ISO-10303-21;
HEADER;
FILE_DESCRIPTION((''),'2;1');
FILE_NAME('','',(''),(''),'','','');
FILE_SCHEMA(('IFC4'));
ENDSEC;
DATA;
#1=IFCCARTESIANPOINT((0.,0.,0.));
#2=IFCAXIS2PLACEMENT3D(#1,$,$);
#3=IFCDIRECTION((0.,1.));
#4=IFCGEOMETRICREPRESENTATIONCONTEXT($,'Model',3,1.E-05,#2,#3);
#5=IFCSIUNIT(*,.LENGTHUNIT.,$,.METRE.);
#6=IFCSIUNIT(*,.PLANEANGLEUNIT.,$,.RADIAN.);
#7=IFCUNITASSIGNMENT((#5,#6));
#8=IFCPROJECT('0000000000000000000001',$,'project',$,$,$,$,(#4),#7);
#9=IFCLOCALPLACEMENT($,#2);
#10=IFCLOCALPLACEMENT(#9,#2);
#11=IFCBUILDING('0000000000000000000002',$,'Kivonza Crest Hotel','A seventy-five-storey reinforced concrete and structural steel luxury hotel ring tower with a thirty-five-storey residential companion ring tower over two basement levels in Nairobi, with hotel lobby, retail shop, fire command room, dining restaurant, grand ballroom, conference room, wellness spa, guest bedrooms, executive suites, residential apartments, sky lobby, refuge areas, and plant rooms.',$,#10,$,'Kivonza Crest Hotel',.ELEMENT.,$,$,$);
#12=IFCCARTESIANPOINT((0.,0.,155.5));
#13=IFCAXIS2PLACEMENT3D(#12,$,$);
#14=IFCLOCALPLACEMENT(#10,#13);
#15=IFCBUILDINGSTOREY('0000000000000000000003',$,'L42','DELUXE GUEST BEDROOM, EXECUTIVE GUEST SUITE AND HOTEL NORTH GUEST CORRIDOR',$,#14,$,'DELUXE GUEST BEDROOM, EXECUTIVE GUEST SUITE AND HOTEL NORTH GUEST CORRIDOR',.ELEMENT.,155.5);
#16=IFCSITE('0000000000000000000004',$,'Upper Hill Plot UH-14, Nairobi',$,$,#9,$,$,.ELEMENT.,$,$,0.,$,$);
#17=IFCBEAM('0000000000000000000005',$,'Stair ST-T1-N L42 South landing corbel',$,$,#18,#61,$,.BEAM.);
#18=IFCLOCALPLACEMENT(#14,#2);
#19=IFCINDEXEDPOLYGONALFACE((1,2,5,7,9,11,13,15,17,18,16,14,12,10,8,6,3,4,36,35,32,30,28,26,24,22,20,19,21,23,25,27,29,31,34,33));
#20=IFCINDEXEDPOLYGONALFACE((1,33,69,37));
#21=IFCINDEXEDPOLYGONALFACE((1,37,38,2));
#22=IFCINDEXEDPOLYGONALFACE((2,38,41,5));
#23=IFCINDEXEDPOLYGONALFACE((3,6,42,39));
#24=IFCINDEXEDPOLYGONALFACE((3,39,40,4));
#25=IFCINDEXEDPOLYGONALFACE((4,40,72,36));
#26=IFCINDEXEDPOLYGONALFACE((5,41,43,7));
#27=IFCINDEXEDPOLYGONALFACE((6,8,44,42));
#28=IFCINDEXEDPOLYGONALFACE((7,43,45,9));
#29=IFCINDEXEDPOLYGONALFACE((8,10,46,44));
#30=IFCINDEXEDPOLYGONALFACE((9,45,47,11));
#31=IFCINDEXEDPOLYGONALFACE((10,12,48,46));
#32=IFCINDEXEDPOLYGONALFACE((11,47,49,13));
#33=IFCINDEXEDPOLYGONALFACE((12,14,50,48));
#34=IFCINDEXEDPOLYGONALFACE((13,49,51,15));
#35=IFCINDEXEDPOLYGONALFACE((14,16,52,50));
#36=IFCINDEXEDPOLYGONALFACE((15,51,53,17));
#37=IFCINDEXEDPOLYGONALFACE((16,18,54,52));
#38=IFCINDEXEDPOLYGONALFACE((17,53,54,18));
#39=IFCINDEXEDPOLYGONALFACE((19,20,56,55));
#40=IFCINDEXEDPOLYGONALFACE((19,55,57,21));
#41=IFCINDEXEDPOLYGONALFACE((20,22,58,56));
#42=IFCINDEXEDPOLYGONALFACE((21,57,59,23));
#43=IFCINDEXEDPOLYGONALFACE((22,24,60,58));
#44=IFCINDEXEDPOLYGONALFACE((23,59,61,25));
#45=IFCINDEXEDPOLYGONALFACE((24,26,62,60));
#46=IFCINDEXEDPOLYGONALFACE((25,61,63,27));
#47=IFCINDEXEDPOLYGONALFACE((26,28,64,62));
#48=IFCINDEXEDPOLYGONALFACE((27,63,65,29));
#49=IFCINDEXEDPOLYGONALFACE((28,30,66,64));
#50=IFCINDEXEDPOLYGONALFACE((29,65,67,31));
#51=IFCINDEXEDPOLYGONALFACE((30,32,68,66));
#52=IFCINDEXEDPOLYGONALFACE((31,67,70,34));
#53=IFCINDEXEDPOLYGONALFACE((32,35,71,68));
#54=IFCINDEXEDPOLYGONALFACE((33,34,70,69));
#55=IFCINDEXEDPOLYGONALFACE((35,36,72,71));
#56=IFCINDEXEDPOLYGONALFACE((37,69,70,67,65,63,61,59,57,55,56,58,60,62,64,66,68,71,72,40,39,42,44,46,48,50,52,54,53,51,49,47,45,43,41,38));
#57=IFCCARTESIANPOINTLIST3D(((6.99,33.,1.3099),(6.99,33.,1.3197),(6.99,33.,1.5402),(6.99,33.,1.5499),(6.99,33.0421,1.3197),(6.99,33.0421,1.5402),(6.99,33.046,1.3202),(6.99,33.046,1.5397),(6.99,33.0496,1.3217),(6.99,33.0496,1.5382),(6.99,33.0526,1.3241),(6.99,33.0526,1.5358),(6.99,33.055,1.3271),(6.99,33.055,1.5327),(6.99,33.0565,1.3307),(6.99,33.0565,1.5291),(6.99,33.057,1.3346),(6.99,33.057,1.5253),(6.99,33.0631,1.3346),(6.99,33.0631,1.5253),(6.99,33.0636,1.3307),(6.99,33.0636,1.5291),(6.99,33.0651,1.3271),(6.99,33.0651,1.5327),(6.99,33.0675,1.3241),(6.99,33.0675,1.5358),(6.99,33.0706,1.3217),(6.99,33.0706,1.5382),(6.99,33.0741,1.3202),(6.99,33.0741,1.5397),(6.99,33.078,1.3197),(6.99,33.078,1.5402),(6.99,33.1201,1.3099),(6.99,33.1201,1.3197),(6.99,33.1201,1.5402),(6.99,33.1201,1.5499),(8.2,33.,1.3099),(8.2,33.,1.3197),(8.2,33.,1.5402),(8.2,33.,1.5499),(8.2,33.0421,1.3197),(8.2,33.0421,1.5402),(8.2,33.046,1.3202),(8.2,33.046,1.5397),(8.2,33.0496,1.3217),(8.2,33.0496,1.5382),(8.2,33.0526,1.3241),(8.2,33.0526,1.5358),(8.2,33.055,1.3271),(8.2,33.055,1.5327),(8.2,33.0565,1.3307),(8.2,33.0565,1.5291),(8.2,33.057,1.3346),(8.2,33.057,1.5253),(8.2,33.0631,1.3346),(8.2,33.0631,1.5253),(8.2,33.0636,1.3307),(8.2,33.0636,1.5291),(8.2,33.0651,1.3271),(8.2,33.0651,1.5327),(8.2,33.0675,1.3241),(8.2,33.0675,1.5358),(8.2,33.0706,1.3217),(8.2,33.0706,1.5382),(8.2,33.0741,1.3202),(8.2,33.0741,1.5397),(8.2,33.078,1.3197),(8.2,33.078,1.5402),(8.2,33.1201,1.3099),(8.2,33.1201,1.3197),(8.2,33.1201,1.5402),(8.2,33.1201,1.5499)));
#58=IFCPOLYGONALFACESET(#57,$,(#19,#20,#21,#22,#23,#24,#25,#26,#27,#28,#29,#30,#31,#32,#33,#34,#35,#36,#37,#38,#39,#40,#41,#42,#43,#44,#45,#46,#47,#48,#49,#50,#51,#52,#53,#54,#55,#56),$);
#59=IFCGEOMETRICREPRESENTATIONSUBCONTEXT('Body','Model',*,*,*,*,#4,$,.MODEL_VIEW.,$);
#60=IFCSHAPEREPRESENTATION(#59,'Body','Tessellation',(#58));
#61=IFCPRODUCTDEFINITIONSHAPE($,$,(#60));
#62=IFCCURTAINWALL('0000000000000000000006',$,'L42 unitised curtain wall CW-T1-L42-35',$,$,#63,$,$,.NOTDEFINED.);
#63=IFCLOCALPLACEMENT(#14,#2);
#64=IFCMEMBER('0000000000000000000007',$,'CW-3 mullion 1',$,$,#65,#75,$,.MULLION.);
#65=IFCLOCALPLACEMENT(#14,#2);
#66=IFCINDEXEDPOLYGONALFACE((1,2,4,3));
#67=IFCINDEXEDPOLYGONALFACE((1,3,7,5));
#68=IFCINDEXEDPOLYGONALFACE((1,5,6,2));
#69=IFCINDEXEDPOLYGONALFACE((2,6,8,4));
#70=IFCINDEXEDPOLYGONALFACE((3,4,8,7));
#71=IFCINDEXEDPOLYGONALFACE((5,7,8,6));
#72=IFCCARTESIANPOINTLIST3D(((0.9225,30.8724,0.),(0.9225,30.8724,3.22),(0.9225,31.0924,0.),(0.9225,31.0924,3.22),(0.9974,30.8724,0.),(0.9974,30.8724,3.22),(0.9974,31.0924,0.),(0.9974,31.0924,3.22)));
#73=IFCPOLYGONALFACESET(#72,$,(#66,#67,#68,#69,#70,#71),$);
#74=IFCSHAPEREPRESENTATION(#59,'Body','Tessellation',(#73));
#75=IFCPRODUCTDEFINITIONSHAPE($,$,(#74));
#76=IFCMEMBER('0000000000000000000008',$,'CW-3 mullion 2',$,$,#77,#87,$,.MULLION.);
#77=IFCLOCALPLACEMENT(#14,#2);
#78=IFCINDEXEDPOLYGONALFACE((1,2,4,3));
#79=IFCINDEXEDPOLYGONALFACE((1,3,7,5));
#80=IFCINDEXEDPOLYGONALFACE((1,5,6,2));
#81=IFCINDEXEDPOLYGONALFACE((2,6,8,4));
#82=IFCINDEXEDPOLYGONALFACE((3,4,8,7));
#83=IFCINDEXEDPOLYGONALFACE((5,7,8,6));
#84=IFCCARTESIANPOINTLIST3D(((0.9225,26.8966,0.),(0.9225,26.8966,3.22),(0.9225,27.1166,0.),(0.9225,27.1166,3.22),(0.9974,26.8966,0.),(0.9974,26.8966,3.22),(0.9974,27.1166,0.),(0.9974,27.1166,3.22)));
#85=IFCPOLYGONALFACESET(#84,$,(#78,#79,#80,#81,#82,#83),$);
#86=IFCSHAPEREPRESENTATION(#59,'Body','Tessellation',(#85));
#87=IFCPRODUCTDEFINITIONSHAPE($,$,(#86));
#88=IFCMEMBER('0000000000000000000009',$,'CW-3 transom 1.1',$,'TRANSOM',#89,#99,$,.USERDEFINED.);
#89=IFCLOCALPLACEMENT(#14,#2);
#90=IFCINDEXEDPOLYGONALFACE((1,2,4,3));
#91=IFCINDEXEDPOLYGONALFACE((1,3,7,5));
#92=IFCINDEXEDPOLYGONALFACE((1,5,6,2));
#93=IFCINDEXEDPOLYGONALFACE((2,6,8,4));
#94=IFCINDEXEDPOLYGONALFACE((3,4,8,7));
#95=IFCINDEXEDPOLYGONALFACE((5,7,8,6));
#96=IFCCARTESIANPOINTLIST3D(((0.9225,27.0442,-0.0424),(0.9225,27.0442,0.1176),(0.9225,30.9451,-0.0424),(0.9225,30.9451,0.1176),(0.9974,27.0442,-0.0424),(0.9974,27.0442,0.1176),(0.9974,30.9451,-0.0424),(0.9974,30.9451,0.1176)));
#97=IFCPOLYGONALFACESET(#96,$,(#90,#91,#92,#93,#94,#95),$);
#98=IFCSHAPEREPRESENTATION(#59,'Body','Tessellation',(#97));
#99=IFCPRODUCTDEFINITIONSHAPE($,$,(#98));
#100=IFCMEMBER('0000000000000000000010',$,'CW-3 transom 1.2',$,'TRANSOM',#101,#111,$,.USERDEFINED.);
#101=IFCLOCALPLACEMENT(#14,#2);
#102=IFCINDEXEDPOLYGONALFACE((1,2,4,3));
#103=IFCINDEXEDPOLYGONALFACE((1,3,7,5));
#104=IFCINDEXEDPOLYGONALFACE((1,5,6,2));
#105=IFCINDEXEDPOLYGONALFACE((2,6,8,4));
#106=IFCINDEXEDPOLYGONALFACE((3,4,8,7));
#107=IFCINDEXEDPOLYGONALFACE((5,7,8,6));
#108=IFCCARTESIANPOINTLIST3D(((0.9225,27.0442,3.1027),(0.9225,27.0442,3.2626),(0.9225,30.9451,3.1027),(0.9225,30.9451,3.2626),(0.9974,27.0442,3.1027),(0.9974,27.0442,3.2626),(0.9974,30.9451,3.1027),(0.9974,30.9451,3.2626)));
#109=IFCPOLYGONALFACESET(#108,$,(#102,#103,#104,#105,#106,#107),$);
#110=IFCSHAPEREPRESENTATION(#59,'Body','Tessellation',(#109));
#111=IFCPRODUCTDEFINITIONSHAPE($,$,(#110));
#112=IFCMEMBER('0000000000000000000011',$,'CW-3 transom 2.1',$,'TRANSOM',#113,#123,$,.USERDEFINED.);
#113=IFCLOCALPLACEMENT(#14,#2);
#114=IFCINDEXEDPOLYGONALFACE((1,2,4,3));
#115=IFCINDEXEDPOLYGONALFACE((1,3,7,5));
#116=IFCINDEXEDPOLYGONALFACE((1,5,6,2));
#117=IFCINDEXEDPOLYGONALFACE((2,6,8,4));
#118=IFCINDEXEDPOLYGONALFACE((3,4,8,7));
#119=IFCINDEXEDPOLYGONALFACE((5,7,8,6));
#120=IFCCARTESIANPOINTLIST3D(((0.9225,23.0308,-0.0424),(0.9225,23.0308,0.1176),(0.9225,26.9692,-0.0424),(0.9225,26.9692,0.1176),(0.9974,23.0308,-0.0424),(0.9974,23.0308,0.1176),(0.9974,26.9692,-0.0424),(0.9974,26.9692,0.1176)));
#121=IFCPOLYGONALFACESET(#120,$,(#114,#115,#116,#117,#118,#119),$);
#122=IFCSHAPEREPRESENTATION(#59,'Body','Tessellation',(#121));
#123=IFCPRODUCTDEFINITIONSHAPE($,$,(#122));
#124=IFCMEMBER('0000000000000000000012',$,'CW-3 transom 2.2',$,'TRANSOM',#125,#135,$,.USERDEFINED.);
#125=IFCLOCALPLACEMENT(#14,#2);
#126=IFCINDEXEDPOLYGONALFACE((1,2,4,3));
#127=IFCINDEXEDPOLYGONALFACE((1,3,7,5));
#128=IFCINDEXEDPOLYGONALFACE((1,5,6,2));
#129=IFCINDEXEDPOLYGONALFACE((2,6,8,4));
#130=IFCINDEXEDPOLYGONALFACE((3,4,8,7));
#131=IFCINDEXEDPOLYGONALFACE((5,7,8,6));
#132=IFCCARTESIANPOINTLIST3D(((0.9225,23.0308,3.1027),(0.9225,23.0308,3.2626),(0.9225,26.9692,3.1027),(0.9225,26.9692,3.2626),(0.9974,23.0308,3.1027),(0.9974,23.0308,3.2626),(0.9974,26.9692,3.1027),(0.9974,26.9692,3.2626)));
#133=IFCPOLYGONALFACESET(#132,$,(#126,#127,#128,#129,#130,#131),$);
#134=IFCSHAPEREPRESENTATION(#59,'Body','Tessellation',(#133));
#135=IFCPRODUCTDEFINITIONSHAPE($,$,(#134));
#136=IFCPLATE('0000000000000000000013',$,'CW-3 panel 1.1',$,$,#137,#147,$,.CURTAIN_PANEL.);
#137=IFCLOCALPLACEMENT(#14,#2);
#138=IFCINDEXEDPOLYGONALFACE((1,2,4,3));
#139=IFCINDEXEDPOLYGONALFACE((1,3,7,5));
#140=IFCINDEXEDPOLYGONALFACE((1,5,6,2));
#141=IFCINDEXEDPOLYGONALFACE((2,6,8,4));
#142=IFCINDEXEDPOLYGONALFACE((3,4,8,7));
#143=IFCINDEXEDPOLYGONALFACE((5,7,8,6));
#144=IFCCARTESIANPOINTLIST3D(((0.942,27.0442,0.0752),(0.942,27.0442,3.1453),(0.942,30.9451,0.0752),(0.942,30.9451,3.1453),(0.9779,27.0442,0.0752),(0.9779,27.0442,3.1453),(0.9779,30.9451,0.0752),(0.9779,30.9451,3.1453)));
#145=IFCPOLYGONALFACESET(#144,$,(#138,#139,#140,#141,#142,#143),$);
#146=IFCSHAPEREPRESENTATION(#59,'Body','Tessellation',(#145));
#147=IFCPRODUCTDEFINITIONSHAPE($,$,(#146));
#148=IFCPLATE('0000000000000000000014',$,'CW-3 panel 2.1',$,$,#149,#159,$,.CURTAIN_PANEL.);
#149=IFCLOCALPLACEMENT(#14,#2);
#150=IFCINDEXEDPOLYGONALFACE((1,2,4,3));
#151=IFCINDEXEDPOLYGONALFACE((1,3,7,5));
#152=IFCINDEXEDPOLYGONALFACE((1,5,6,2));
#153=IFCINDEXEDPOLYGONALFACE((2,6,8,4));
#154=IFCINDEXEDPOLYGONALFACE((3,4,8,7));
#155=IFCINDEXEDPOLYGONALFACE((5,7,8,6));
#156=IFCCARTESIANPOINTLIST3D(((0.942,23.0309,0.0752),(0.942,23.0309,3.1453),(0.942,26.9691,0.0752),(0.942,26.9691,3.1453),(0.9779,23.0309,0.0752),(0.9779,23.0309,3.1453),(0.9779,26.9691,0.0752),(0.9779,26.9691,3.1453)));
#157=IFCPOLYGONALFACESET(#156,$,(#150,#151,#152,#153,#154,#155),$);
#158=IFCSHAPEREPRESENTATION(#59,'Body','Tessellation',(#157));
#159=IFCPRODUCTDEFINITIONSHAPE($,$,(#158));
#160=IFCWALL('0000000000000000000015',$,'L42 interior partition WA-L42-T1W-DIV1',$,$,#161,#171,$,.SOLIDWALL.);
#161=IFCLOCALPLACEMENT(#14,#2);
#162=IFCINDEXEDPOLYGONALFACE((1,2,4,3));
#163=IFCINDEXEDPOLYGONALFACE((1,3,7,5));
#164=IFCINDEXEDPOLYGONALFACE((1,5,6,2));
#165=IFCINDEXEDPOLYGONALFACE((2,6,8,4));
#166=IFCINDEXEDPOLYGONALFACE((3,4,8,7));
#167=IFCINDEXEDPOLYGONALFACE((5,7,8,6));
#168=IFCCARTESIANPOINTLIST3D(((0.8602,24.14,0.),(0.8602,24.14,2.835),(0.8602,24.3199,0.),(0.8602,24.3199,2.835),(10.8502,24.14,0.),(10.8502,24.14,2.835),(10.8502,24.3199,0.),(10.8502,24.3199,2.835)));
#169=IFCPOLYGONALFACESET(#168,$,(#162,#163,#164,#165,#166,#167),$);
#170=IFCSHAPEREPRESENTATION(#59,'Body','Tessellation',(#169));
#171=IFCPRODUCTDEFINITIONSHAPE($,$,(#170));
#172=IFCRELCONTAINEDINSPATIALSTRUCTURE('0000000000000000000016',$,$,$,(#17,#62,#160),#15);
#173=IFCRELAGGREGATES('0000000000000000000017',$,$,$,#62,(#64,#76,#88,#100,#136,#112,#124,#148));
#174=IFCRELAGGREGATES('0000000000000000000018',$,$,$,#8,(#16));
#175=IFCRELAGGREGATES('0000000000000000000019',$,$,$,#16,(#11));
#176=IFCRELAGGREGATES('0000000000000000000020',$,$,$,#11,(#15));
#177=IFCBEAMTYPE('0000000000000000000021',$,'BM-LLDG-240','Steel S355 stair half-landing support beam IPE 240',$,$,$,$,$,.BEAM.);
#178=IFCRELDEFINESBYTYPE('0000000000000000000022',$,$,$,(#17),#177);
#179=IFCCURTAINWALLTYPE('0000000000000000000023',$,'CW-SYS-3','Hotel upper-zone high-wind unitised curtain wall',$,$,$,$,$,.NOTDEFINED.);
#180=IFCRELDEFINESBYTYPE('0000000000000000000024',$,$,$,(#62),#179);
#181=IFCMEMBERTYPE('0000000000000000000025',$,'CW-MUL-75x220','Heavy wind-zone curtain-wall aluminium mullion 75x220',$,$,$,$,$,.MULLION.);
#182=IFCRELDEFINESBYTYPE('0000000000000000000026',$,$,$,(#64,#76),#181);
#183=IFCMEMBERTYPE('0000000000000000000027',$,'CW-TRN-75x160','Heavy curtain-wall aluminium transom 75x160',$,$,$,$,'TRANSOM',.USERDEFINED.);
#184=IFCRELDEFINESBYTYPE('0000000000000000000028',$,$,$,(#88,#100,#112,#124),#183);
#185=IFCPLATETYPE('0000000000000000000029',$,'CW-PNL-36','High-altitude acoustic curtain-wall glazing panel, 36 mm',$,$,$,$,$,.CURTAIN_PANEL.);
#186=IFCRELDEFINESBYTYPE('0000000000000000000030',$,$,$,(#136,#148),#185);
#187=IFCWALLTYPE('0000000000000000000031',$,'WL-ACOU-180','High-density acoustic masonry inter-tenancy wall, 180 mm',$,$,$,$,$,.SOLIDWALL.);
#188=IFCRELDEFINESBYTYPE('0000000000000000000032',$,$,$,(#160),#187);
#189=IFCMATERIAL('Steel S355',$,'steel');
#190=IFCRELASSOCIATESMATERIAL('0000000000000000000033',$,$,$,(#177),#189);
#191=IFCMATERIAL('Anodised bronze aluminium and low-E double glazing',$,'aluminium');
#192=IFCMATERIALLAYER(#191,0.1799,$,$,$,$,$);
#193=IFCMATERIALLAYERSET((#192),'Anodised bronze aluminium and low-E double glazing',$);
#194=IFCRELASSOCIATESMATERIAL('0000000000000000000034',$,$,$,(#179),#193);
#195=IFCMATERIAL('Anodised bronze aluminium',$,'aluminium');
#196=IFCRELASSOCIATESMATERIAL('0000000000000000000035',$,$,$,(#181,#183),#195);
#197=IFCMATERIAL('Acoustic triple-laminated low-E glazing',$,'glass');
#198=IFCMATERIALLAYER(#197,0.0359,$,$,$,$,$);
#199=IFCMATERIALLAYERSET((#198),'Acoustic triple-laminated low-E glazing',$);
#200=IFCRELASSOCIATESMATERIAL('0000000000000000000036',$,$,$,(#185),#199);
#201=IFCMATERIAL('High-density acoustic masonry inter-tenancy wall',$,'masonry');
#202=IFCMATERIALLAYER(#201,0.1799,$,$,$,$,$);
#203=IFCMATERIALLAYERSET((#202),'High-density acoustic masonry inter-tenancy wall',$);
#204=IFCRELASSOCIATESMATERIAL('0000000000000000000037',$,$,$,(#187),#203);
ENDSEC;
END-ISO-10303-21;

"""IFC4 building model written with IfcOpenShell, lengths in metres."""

from ifc_helpers import new_model, si_unit, direction, frame, frame_2d, origin, origin_2d, place, context, subcontext, project, spatial, rectangle, i_section, extrude, material, layer, layer_set, material_profile, profile_set, type_object, element, aggregate, save


model = new_model("IFC4")

# Units and contexts
model_context = context("Model", 3, precision=1e-05, world=origin(), true_north=direction((0.0, 1.0)))
body_context = subcontext(model_context, "Body", "Model", "MODEL_VIEW")
ifc_project = project(units=[si_unit("LENGTHUNIT", "METRE"), si_unit("PLANEANGLEUNIT", "RADIAN")], contexts=[model_context])

# Site, building, storey
site_placement = place(None, origin())
site = spatial("IfcSite", under=ifc_project, at=site_placement, Name="Upper Hill Plot UH-14, Nairobi", CompositionType="ELEMENT", RefElevation=0.0)
building_placement = place(site_placement, origin())
building = spatial("IfcBuilding", under=site, at=building_placement, Name="Kivonza Crest Hotel", Description="A seventy-five-storey reinforced concrete and structural steel luxury hotel ring tower with a thirty-five-storey residential companion ring tower over two basement levels in Nairobi, with hotel lobby, retail shop, fire command room, dining restaurant, grand ballroom, conference room, wellness spa, guest bedrooms, executive suites, residential apartments, sky lobby, refuge areas, and plant rooms.", LongName="Kivonza Crest Hotel", CompositionType="ELEMENT")
storey_placement = place(building_placement, frame((0.0, 0.0, 155.5)))
storey = spatial("IfcBuildingStorey", under=building, at=storey_placement, Name="L42", Description="DELUXE GUEST BEDROOM, EXECUTIVE GUEST SUITE AND HOTEL NORTH GUEST CORRIDOR", LongName="DELUXE GUEST BEDROOM, EXECUTIVE GUEST SUITE AND HOTEL NORTH GUEST CORRIDOR", CompositionType="ELEMENT", Elevation=155.5)

# Beam
ifc_material_1 = material(Name="Steel S355", Category="steel")
ifc_material_profile_1 = material_profile(ifc_material_1, i_section(OverallWidth=0.1201, OverallDepth=0.24, WebThickness=0.0061, FlangeThickness=0.0098, FilletRadius=0.0149, at=origin_2d()), Name="IPE 240")
ifc_profile_set_1 = profile_set([ifc_material_profile_1], Name="Steel S355")
beam_type_1 = type_object("IfcBeamType", Name="BM-LLDG-240", Description="Steel S355 stair half-landing support beam IPE 240", PredefinedType="BEAM", material=ifc_profile_set_1)
beam_1_placement = place(storey_placement, frame((6.99, 33.0601, 1.4299), z_axis=(1.0, 0.0, 0.0), x_axis=(0.0, 1.0, 0.0)))
element("IfcBeam", 1, at=beam_1_placement, inside=storey, type_object=beam_type_1, Name="Stair ST-T1-N L42 South landing corbel", PredefinedType="BEAM", context=body_context, shape_type="SweptSolid", body=[
    extrude(i_section(OverallWidth=0.1201, OverallDepth=0.24, WebThickness=0.0061, FlangeThickness=0.0098, FilletRadius=0.0149, at=origin_2d()), origin(), (0.0, 0.0, 1.0), 1.21),
])

# Curtain wall, members, plates
ifc_material_2 = material(Name="Anodised bronze aluminium and low-E double glazing", Category="aluminium")
ifc_layer_1 = layer(ifc_material_2, 0.1799)
ifc_layer_set_1 = layer_set([ifc_layer_1], Name="Anodised bronze aluminium and low-E double glazing")
curtain_wall_type = type_object("IfcCurtainWallType", Name="CW-SYS-3", Description="Hotel upper-zone high-wind unitised curtain wall", PredefinedType="NOTDEFINED", material=ifc_layer_set_1)
curtain_wall_placement = place(storey_placement, origin())
curtain_wall = element("IfcCurtainWall", 2, at=curtain_wall_placement, inside=storey, type_object=curtain_wall_type, Name="L42 unitised curtain wall CW-T1-L42-35", PredefinedType="NOTDEFINED")
ifc_material_3 = material(Name="Anodised bronze aluminium", Category="aluminium")
ifc_material_profile_2 = material_profile(ifc_material_3, rectangle(XDim=0.075, YDim=0.22, at=origin_2d()), Name="CW-M 75x220")
ifc_profile_set_2 = profile_set([ifc_material_profile_2], Name="Anodised bronze aluminium")
member_type_1 = type_object("IfcMemberType", Name="CW-MUL-75x220", Description="Heavy wind-zone curtain-wall aluminium mullion 75x220", PredefinedType="MULLION", material=ifc_profile_set_2)
member_1_placement = place(storey_placement, frame((0.96, 30.9824, 0.0), z_axis=(0.0, 0.0, 1.0), x_axis=(1.0, 0.0, 0.0)))
member_1 = element("IfcMember", 3, at=member_1_placement, type_object=member_type_1, Name="CW-3 mullion 1", PredefinedType="MULLION", context=body_context, shape_type="SweptSolid", body=[
    extrude(rectangle(XDim=0.075, YDim=0.22, at=origin_2d()), origin(), (0.0, 0.0, 1.0), 3.22),
])
member_2_placement = place(storey_placement, frame((0.96, 27.0066, 0.0), z_axis=(0.0, 0.0, 1.0), x_axis=(1.0, 0.0, 0.0)))
member_2 = element("IfcMember", 4, at=member_2_placement, type_object=member_type_1, Name="CW-3 mullion 2", PredefinedType="MULLION", context=body_context, shape_type="SweptSolid", body=[
    extrude(rectangle(XDim=0.075, YDim=0.22, at=origin_2d()), origin(), (0.0, 0.0, 1.0), 3.22),
])
ifc_material_profile_3 = material_profile(ifc_material_3, rectangle(XDim=0.075, YDim=0.1599, at=origin_2d()), Name="CW-T 75x160")
ifc_profile_set_3 = profile_set([ifc_material_profile_3], Name="Anodised bronze aluminium")
member_type_2 = type_object("IfcMemberType", Name="CW-TRN-75x160", Description="Heavy curtain-wall aluminium transom 75x160", ElementType="TRANSOM", PredefinedType="USERDEFINED", material=ifc_profile_set_3)
member_3_placement = place(storey_placement, frame((0.96, 30.9451, 0.0376), z_axis=(0.0, -1.0, 0.0), x_axis=(1.0, 0.0, 0.0)))
member_3 = element("IfcMember", 5, at=member_3_placement, type_object=member_type_2, Name="CW-3 transom 1.1", ObjectType="TRANSOM", PredefinedType="USERDEFINED", context=body_context, shape_type="SweptSolid", body=[
    extrude(rectangle(XDim=0.075, YDim=0.1599, at=origin_2d()), origin(), (0.0, 0.0, 1.0), 3.9009),
])
member_4_placement = place(storey_placement, frame((0.96, 30.9451, 3.1826), z_axis=(0.0, -1.0, 0.0), x_axis=(1.0, 0.0, 0.0)))
member_4 = element("IfcMember", 6, at=member_4_placement, type_object=member_type_2, Name="CW-3 transom 1.2", ObjectType="TRANSOM", PredefinedType="USERDEFINED", context=body_context, shape_type="SweptSolid", body=[
    extrude(rectangle(XDim=0.075, YDim=0.1599, at=origin_2d()), origin(), (0.0, 0.0, 1.0), 3.9009),
])
member_5_placement = place(storey_placement, frame((0.96, 26.9692, 0.0376), z_axis=(0.0, -1.0, 0.0), x_axis=(1.0, 0.0, 0.0)))
member_5 = element("IfcMember", 7, at=member_5_placement, type_object=member_type_2, Name="CW-3 transom 2.1", ObjectType="TRANSOM", PredefinedType="USERDEFINED", context=body_context, shape_type="SweptSolid", body=[
    extrude(rectangle(XDim=0.075, YDim=0.1599, at=origin_2d()), origin(), (0.0, 0.0, 1.0), 3.9385),
])
member_6_placement = place(storey_placement, frame((0.96, 26.9692, 3.1826), z_axis=(0.0, -1.0, 0.0), x_axis=(1.0, 0.0, 0.0)))
member_6 = element("IfcMember", 8, at=member_6_placement, type_object=member_type_2, Name="CW-3 transom 2.2", ObjectType="TRANSOM", PredefinedType="USERDEFINED", context=body_context, shape_type="SweptSolid", body=[
    extrude(rectangle(XDim=0.075, YDim=0.1599, at=origin_2d()), origin(), (0.0, 0.0, 1.0), 3.9385),
])
ifc_material_4 = material(Name="Acoustic triple-laminated low-E glazing", Category="glass")
ifc_layer_2 = layer(ifc_material_4, 0.0359)
ifc_layer_set_2 = layer_set([ifc_layer_2], Name="Acoustic triple-laminated low-E glazing")
plate_type = type_object("IfcPlateType", Name="CW-PNL-36", Description="High-altitude acoustic curtain-wall glazing panel, 36 mm", PredefinedType="CURTAIN_PANEL", material=ifc_layer_set_2)
plate_1_placement = place(storey_placement, frame((0.96, 28.9946, 0.0752), z_axis=(0.0, 0.0, 1.0), x_axis=(0.0, -1.0, 0.0)))
plate_1 = element("IfcPlate", 9, at=plate_1_placement, type_object=plate_type, Name="CW-3 panel 1.1", PredefinedType="CURTAIN_PANEL", context=body_context, shape_type="SweptSolid", body=[
    extrude(rectangle(XDim=3.9009, YDim=0.0359, at=origin_2d()), origin(), (0.0, 0.0, 1.0), 3.0701),
])
plate_2_placement = place(storey_placement, frame((0.96, 25.0, 0.0752), z_axis=(0.0, 0.0, 1.0), x_axis=(0.0, -1.0, 0.0)))
plate_2 = element("IfcPlate", 10, at=plate_2_placement, type_object=plate_type, Name="CW-3 panel 2.1", PredefinedType="CURTAIN_PANEL", context=body_context, shape_type="SweptSolid", body=[
    extrude(rectangle(XDim=3.9382, YDim=0.0359, at=origin_2d()), origin(), (0.0, 0.0, 1.0), 3.0701),
])
aggregate(curtain_wall, [member_1, member_2, member_3, member_4, plate_1, member_5, member_6, plate_2])

# Wall
ifc_material_5 = material(Name="High-density acoustic masonry inter-tenancy wall", Category="masonry")
ifc_layer_3 = layer(ifc_material_5, 0.1799)
ifc_layer_set_3 = layer_set([ifc_layer_3], Name="High-density acoustic masonry inter-tenancy wall")
wall_type_1 = type_object("IfcWallType", Name="WL-ACOU-180", Description="High-density acoustic masonry inter-tenancy wall, 180 mm", PredefinedType="SOLIDWALL", material=ifc_layer_set_3)
wall_1_placement = place(storey_placement, frame((0.8601, 24.23, 0.0), z_axis=(0.0, 0.0, 1.0), x_axis=(1.0, 0.0, 0.0)))
element("IfcWall", 11, at=wall_1_placement, inside=storey, type_object=wall_type_1, Name="L42 interior partition WA-L42-T1W-DIV1", PredefinedType="SOLIDWALL", context=body_context, shape_type="SweptSolid", body=[
    extrude(rectangle(XDim=9.99, YDim=0.1799, at=frame_2d((4.9951, 0.0))), origin(), (0.0, 0.0, 1.0), 2.835),
])

save(model, "model.ifc")
